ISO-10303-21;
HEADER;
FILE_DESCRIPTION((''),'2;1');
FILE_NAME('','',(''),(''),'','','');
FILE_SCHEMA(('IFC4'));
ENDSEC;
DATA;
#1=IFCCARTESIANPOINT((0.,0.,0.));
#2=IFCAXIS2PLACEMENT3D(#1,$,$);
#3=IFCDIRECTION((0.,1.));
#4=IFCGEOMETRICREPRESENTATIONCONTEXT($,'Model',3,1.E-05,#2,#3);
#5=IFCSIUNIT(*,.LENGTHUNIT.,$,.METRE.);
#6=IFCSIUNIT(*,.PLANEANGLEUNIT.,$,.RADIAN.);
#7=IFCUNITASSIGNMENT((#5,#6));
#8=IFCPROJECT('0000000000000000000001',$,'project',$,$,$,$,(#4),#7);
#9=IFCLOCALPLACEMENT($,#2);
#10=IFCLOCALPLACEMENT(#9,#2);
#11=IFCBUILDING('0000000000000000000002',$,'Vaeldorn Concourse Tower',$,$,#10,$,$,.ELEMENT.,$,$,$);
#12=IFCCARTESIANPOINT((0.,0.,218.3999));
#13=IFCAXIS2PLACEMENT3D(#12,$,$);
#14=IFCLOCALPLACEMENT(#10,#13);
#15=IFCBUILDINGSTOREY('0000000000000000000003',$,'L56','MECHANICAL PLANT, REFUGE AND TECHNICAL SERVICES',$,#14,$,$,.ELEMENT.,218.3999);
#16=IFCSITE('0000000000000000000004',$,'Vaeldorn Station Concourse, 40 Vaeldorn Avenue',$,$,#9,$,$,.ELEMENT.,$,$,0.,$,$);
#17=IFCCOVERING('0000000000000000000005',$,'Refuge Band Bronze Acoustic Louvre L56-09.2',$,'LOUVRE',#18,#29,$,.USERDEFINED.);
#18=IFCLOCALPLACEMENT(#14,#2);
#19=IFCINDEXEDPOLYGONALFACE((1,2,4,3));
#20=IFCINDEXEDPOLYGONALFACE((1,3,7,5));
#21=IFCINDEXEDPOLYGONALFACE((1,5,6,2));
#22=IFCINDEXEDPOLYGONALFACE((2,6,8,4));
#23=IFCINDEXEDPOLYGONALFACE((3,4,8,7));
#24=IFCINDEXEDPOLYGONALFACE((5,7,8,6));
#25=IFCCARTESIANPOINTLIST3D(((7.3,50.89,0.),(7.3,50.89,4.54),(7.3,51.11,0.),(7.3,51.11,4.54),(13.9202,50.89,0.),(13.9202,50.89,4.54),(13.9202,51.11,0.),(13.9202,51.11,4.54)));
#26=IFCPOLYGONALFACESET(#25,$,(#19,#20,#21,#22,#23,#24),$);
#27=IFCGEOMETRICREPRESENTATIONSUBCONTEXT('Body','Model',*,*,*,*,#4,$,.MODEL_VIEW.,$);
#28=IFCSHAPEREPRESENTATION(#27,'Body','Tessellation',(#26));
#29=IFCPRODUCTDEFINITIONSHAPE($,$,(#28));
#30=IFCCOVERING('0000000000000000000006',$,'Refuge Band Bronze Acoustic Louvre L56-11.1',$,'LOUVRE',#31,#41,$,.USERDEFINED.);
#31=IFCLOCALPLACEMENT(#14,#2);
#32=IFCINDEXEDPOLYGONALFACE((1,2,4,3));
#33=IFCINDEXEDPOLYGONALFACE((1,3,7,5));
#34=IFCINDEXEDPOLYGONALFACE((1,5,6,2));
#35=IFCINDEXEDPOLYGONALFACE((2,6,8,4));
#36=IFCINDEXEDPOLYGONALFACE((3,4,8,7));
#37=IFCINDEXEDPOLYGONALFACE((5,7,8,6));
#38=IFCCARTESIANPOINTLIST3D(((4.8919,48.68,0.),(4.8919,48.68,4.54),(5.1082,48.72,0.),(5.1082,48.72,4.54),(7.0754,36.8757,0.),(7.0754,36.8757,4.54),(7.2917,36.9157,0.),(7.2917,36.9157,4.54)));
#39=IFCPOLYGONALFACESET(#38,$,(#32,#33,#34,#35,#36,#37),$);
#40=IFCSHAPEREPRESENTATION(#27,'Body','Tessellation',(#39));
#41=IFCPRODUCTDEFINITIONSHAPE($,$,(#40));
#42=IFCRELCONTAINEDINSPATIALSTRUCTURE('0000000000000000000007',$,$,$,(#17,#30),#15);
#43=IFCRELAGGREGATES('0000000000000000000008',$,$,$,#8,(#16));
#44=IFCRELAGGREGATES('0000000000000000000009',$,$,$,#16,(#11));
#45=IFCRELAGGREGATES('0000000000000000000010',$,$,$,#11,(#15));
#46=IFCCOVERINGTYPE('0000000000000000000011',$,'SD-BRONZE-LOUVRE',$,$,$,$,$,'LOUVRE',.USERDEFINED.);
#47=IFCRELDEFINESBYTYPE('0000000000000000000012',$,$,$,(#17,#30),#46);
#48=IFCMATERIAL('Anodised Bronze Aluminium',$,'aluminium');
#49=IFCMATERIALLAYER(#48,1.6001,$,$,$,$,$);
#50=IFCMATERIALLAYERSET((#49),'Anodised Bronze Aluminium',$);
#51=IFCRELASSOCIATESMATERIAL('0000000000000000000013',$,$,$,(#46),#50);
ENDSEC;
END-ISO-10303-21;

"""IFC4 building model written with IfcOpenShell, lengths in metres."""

from ifc_helpers import new_model, si_unit, direction, frame, origin, origin_2d, place, context, subcontext, project, spatial, rectangle, extrude, source, transform, mapped, material, layer, layer_set, type_object, element, save


model = new_model("IFC4")

# Units and contexts
model_context = context("Model", 3, precision=1e-05, world=origin(), true_north=direction((0.0, 1.0)))
body_context = subcontext(model_context, "Body", "Model", "MODEL_VIEW")
ifc_project = project(units=[si_unit("LENGTHUNIT", "METRE"), si_unit("PLANEANGLEUNIT", "RADIAN")], contexts=[model_context])

# Site, building, storey
site_placement = place(None, origin())
site = spatial("IfcSite", under=ifc_project, at=site_placement, Name="Vaeldorn Station Concourse, 40 Vaeldorn Avenue", CompositionType="ELEMENT", RefElevation=0.0)
building_placement = place(site_placement, origin())
building = spatial("IfcBuilding", under=site, at=building_placement, Name="Vaeldorn Concourse Tower", CompositionType="ELEMENT")
storey_placement = place(building_placement, frame((0.0, 0.0, 218.3999)))
storey = spatial("IfcBuildingStorey", under=building, at=storey_placement, Name="L56", Description="MECHANICAL PLANT, REFUGE AND TECHNICAL SERVICES", CompositionType="ELEMENT", Elevation=218.3999)

# Shared definitions
ifc_material_1 = material(Name="Anodised Bronze Aluminium", Category="aluminium")

# Coverings
ifc_layer_1 = layer(ifc_material_1, 1.6001)
ifc_layer_set_1 = layer_set([ifc_layer_1], Name="Anodised Bronze Aluminium")
covering_type = type_object("IfcCoveringType", Name="SD-BRONZE-LOUVRE", ElementType="LOUVRE", PredefinedType="USERDEFINED", material=ifc_layer_set_1)
shared_shape_1 = source(origin(), body_context, "Body", "SweptSolid", [
    extrude(rectangle(XDim=6.6201, YDim=0.22, at=origin_2d()), origin(), (0.0, 0.0, 1.0), 4.54),
])
covering_1_placement = place(storey_placement, frame((10.6101, 51.0, 0.0), z_axis=(0.0, 0.0, 1.0), x_axis=(-1.0, 0.0, 0.0)))
element("IfcCovering", 1, at=covering_1_placement, inside=storey, type_object=covering_type, Name="Refuge Band Bronze Acoustic Louvre L56-09.2", ObjectType="LOUVRE", PredefinedType="USERDEFINED", context=body_context, shape_type="MappedRepresentation", body=[
    mapped(shared_shape_1, transform((0.0, 0.0, 0.0), scale=1.0)),
])
shared_shape_2 = source(origin(), body_context, "Body", "SweptSolid", [
    extrude(rectangle(XDim=12.0046, YDim=0.22, at=origin_2d()), origin(), (0.0, 0.0, 1.0), 4.54),
])
covering_2_placement = place(storey_placement, frame((6.0918, 42.7979, 0.0), z_axis=(0.0, 0.0, 1.0), x_axis=(0.181892, -0.983318, 0.0)))
element("IfcCovering", 2, at=covering_2_placement, inside=storey, type_object=covering_type, Name="Refuge Band Bronze Acoustic Louvre L56-11.1", ObjectType="LOUVRE", PredefinedType="USERDEFINED", context=body_context, shape_type="MappedRepresentation", body=[
    mapped(shared_shape_2, transform((0.0, 0.0, 0.0), scale=1.0)),
])

save(model, "model.ifc")
